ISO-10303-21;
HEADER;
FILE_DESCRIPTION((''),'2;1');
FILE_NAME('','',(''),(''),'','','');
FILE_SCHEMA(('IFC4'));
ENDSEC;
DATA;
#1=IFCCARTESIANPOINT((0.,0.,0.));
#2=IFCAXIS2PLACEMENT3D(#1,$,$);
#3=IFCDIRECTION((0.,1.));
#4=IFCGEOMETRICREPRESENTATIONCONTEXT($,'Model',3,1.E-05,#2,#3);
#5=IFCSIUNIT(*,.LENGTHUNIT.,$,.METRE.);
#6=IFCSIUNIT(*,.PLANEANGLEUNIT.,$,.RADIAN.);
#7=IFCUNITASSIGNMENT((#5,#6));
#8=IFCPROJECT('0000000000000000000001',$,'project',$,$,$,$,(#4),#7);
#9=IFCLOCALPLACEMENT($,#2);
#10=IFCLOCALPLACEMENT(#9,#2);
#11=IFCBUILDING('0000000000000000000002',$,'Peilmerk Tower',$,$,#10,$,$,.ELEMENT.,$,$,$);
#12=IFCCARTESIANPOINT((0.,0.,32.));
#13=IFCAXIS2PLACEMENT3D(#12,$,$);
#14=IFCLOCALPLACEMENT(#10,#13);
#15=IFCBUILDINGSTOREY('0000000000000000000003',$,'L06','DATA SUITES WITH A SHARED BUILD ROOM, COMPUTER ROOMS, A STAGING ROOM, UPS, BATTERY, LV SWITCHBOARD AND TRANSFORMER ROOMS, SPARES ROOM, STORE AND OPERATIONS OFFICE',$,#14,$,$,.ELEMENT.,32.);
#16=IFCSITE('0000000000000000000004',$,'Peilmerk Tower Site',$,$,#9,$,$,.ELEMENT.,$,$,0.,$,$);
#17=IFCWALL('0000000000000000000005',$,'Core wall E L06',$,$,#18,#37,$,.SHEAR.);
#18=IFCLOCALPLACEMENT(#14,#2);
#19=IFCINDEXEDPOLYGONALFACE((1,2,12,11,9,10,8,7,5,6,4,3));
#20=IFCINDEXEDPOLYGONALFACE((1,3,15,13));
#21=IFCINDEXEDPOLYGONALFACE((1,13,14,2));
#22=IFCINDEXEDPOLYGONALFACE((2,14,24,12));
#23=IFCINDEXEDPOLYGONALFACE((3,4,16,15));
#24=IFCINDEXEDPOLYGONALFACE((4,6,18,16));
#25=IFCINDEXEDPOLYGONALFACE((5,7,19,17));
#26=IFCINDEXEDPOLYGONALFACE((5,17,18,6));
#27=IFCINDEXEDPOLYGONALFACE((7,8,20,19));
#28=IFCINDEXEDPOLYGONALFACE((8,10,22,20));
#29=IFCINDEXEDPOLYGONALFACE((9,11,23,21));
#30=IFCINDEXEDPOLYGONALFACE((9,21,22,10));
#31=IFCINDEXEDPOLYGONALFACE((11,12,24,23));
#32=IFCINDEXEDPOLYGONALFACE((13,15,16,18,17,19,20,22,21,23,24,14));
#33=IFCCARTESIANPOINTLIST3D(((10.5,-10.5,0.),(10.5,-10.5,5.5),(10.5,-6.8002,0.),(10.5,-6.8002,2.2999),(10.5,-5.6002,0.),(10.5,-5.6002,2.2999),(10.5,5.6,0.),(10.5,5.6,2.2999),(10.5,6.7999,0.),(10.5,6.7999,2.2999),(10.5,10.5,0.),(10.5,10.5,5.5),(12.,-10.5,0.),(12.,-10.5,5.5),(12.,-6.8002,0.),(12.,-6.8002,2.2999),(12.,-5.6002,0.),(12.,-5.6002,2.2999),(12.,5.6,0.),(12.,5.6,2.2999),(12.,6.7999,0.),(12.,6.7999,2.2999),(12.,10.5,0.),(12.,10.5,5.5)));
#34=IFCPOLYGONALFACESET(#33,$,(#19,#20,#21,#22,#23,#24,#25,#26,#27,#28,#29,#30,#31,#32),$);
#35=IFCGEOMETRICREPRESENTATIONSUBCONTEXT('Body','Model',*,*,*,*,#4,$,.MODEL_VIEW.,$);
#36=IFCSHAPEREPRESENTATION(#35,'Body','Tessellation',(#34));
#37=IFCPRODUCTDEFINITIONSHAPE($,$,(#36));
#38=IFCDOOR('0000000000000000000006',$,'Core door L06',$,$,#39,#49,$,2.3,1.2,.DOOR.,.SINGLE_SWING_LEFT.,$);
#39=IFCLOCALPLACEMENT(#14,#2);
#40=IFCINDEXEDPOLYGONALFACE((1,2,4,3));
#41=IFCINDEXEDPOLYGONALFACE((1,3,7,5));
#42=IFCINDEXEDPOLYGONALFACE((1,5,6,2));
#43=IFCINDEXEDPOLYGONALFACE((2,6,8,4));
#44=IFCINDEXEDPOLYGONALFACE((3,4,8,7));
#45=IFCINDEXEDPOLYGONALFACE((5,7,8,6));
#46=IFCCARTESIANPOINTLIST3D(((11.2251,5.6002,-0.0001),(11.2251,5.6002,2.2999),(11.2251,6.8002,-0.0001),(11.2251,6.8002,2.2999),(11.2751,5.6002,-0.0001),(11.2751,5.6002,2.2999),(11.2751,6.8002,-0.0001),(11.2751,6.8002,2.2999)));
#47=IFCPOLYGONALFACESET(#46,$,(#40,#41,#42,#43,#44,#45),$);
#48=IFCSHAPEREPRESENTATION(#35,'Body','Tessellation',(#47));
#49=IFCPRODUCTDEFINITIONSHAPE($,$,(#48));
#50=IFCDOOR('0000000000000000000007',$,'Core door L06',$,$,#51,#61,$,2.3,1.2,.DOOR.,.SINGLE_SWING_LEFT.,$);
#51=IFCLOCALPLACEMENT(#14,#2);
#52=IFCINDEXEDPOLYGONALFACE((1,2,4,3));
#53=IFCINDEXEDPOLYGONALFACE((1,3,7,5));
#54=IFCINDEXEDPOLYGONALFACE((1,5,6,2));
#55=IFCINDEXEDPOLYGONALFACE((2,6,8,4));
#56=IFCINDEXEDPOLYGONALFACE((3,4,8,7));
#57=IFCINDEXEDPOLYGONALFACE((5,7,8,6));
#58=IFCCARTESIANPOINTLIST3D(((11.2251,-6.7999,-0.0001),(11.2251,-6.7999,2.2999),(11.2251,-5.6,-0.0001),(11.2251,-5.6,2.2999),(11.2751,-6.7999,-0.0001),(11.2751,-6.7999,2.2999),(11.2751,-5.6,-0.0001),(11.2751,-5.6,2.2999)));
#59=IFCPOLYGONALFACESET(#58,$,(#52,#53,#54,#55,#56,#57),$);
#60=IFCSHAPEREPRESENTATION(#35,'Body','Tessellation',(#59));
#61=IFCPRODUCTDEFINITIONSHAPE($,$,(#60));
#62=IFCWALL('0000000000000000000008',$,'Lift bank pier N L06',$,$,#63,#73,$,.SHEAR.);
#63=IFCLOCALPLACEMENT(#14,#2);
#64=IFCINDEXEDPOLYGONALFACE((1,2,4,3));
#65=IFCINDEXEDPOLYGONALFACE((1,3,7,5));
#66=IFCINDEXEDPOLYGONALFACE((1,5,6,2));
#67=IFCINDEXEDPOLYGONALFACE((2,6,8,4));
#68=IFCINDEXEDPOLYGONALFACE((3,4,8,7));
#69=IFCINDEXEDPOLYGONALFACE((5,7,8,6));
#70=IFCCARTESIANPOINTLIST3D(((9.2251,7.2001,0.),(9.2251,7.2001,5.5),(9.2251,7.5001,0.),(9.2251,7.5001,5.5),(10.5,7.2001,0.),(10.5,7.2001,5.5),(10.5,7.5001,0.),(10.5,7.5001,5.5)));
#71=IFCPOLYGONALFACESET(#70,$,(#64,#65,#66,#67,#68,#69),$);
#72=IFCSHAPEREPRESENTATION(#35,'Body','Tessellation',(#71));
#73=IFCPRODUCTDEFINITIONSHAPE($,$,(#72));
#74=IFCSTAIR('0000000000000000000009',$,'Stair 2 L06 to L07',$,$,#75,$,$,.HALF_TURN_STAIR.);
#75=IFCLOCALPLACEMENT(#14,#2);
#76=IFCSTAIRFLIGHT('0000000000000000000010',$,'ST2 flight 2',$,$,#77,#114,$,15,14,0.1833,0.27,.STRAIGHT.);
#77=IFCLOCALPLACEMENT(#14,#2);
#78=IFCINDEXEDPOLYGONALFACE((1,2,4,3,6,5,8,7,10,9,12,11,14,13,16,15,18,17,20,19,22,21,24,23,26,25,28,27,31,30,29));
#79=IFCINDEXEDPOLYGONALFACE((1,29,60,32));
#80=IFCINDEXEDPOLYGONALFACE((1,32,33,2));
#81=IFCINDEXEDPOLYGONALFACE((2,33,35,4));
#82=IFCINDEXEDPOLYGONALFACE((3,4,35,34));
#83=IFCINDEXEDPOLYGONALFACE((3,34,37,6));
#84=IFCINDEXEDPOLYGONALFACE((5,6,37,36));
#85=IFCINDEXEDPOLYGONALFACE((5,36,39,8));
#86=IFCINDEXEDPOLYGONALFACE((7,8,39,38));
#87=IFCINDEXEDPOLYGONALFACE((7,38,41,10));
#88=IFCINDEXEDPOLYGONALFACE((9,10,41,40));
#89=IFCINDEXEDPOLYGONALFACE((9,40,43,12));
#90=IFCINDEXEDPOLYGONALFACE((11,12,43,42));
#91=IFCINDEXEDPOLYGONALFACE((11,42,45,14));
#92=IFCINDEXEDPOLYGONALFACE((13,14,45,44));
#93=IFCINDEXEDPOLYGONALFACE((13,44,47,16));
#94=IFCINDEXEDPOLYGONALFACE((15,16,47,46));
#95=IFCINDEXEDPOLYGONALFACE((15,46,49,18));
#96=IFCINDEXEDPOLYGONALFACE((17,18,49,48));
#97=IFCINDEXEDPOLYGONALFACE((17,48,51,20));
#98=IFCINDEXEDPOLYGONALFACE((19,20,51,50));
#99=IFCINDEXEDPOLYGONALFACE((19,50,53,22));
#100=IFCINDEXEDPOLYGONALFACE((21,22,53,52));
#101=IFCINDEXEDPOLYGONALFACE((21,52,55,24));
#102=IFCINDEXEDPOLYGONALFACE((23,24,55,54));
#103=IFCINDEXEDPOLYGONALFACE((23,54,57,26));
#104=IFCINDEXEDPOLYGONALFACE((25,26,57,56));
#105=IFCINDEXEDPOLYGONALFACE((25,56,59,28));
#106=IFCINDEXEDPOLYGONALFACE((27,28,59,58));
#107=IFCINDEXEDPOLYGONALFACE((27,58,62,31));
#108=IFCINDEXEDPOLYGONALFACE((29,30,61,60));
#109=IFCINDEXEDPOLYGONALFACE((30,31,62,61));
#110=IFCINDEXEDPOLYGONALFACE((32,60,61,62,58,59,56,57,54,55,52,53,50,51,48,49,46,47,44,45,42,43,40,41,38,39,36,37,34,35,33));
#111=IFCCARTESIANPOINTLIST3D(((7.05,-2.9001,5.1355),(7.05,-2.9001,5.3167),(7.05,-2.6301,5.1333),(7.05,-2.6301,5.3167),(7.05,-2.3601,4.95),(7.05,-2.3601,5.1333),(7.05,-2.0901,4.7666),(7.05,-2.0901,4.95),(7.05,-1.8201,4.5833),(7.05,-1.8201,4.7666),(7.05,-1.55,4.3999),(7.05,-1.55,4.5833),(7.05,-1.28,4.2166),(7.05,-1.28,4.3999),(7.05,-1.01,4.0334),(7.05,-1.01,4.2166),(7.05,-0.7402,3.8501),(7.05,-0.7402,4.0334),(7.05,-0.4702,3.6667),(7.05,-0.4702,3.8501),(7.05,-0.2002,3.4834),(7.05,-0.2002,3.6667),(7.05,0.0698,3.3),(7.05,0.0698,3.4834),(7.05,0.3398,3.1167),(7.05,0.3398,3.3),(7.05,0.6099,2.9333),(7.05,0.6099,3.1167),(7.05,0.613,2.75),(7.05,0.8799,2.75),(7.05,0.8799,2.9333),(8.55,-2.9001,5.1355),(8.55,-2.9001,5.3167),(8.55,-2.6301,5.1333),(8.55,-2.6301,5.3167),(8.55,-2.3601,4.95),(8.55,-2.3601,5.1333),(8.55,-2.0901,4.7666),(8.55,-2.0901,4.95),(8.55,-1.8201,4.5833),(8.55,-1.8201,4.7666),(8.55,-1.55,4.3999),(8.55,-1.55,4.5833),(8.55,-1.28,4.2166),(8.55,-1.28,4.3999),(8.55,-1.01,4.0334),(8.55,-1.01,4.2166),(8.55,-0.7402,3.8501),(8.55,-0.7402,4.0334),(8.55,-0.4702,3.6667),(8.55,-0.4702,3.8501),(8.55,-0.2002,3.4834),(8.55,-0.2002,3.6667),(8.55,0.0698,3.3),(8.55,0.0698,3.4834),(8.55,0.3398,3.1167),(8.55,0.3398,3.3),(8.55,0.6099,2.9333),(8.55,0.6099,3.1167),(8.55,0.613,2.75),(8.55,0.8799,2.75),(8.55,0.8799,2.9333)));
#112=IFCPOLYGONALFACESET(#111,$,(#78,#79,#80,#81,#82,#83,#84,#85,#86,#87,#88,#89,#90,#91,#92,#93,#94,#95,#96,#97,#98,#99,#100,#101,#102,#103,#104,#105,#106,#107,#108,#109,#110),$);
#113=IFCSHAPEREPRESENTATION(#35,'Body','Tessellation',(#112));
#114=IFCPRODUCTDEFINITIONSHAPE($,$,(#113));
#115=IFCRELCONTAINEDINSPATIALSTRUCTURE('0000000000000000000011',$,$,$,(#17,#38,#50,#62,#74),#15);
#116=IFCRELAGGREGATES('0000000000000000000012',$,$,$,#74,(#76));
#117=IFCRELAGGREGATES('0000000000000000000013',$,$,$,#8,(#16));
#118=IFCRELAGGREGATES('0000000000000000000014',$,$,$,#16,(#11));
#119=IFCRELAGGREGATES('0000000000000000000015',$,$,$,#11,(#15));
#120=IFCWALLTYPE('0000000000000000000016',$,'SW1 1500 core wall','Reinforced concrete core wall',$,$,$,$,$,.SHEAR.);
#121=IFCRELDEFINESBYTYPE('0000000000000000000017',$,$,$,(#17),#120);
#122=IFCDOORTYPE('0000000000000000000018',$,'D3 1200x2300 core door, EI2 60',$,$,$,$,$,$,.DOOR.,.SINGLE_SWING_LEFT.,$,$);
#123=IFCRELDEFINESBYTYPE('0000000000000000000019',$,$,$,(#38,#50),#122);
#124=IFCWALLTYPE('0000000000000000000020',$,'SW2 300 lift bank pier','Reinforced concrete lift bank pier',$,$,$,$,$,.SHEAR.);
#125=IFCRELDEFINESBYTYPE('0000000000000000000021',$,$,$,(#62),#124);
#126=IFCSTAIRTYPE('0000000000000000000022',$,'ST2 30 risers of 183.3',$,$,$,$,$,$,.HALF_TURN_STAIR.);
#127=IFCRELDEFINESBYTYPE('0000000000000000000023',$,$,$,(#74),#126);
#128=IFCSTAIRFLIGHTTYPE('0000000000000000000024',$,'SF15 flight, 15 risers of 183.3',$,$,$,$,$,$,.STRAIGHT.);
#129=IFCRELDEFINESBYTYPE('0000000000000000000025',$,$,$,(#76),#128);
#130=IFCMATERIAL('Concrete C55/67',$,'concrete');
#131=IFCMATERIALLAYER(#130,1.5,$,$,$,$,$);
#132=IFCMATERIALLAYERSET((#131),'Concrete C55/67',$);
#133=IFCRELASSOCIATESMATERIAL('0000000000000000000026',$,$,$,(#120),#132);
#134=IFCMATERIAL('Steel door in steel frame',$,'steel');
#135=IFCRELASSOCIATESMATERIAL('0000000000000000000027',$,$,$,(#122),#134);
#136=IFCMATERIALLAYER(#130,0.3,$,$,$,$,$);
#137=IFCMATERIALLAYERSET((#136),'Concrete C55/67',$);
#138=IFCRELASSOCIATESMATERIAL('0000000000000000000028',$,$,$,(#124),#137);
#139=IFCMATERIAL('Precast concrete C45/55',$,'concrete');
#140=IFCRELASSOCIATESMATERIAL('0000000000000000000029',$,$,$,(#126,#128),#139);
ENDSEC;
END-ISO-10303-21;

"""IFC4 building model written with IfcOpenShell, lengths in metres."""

from ifc_helpers import new_model, si_unit, direction, frame, frame_2d, origin, place, context, subcontext, project, spatial, polyline, rectangle, outline, extrude, material, layer, layer_set, type_object, element, fill, aggregate, save


model = new_model("IFC4")

# Units and contexts
model_context = context("Model", 3, precision=1e-05, world=origin(), true_north=direction((0.0, 1.0)))
body_context = subcontext(model_context, "Body", "Model", "MODEL_VIEW")
ifc_project = project(units=[si_unit("LENGTHUNIT", "METRE"), si_unit("PLANEANGLEUNIT", "RADIAN")], contexts=[model_context])

# Site, building, storey
site_placement = place(None, origin())
site = spatial("IfcSite", under=ifc_project, at=site_placement, Name="Peilmerk Tower Site", CompositionType="ELEMENT", RefElevation=0.0)
building_placement = place(site_placement, origin())
building = spatial("IfcBuilding", under=site, at=building_placement, Name="Peilmerk Tower", CompositionType="ELEMENT")
storey_placement = place(building_placement, frame((0.0, 0.0, 32.0)))
storey = spatial("IfcBuildingStorey", under=building, at=storey_placement, Name="L06", Description="DATA SUITES WITH A SHARED BUILD ROOM, COMPUTER ROOMS, A STAGING ROOM, UPS, BATTERY, LV SWITCHBOARD AND TRANSFORMER ROOMS, SPARES ROOM, STORE AND OPERATIONS OFFICE", CompositionType="ELEMENT", Elevation=32.0)

# Wall, openings, doors
ifc_material_1 = material(Name="Concrete C55/67", Category="concrete")
ifc_layer_1 = layer(ifc_material_1, 1.5)
ifc_layer_set_1 = layer_set([ifc_layer_1], Name="Concrete C55/67")
wall_type_1 = type_object("IfcWallType", Name="SW1 1500 core wall", Description="Reinforced concrete core wall", PredefinedType="SHEAR", material=ifc_layer_set_1)
wall_1_placement = place(storey_placement, frame((11.25, 10.5, 0.0), z_axis=(0.0, 0.0, 1.0), x_axis=(0.0, -1.0, 0.0)))
wall_1 = element("IfcWall", 1, at=wall_1_placement, inside=storey, type_object=wall_type_1, Name="Core wall E L06", PredefinedType="SHEAR", context=body_context, shape_type="SweptSolid", body=[
    extrude(rectangle(XDim=21.0, YDim=1.5, at=frame_2d((10.5, 0.0))), origin(), (0.0, 0.0, 1.0), 5.5),
])
opening_1_placement = place(wall_1_placement, frame((3.7, 0.0, 0.0)))
opening_1 = element("IfcOpeningElement", 2, at=opening_1_placement, cuts=wall_1, PredefinedType="OPENING", context=body_context, shape_type="SweptSolid", body=[
    extrude(rectangle(XDim=1.2, YDim=2.3, at=frame_2d((0.6001, 1.1499))), frame((0.0, 0.76, 0.0), z_axis=(0.0, -1.0, 0.0), x_axis=(1.0, 0.0, 0.0)), (0.0, 0.0, 1.0), 1.52),
])
opening_2_placement = place(wall_1_placement, frame((16.1001, 0.0, 0.0)))
opening_2 = element("IfcOpeningElement", 3, at=opening_2_placement, cuts=wall_1, PredefinedType="OPENING", context=body_context, shape_type="SweptSolid", body=[
    extrude(rectangle(XDim=1.2, YDim=2.3, at=frame_2d((0.6001, 1.1499))), frame((0.0, 0.76, 0.0), z_axis=(0.0, -1.0, 0.0), x_axis=(1.0, 0.0, 0.0)), (0.0, 0.0, 1.0), 1.52),
])
ifc_material_2 = material(Name="Steel door in steel frame", Category="steel")
door_type = type_object("IfcDoorType", Name="D3 1200x2300 core door, EI2 60", OperationType="SINGLE_SWING_LEFT", PredefinedType="DOOR", material=ifc_material_2)
door_1_placement = place(opening_1_placement, frame((1.2, 0.0, 0.0), z_axis=(0.0, 0.0, 1.0), x_axis=(-1.0, 0.0, 0.0)))
door_1 = element("IfcDoor", 4, at=door_1_placement, inside=storey, type_object=door_type, Name="Core door L06", OperationType="SINGLE_SWING_LEFT", OverallHeight=2.3, OverallWidth=1.2, PredefinedType="DOOR", context=body_context, shape_type="SweptSolid", body=[
    extrude(rectangle(XDim=1.2, YDim=2.3, at=frame_2d((0.6001, 1.1499))), frame((0.0, 0.0249, 0.0), z_axis=(0.0, -1.0, 0.0), x_axis=(1.0, 0.0, 0.0)), (0.0, 0.0, 1.0), 0.05),
])
fill(opening_1, door_1)
door_2_placement = place(opening_2_placement, frame((1.2, 0.0, 0.0), z_axis=(0.0, 0.0, 1.0), x_axis=(-1.0, 0.0, 0.0)))
door_2 = element("IfcDoor", 5, at=door_2_placement, inside=storey, type_object=door_type, Name="Core door L06", OperationType="SINGLE_SWING_LEFT", OverallHeight=2.3, OverallWidth=1.2, PredefinedType="DOOR", context=body_context, shape_type="SweptSolid", body=[
    extrude(rectangle(XDim=1.2, YDim=2.3, at=frame_2d((0.6001, 1.1499))), frame((0.0, 0.0249, 0.0), z_axis=(0.0, -1.0, 0.0), x_axis=(1.0, 0.0, 0.0)), (0.0, 0.0, 1.0), 0.05),
])
fill(opening_2, door_2)

# Wall
ifc_layer_2 = layer(ifc_material_1, 0.3)
ifc_layer_set_2 = layer_set([ifc_layer_2], Name="Concrete C55/67")
wall_type_2 = type_object("IfcWallType", Name="SW2 300 lift bank pier", Description="Reinforced concrete lift bank pier", PredefinedType="SHEAR", material=ifc_layer_set_2)
wall_2_placement = place(storey_placement, frame((9.2251, 7.3501, 0.0), z_axis=(0.0, 0.0, 1.0), x_axis=(1.0, 0.0, 0.0)))
element("IfcWall", 6, at=wall_2_placement, inside=storey, type_object=wall_type_2, Name="Lift bank pier N L06", PredefinedType="SHEAR", context=body_context, shape_type="SweptSolid", body=[
    extrude(rectangle(XDim=1.2749, YDim=0.3, at=frame_2d((0.6375, 0.0))), origin(), (0.0, 0.0, 1.0), 5.5),
])

# Stair, stair flight
ifc_material_3 = material(Name="Precast concrete C45/55", Category="concrete")
stair_type = type_object("IfcStairType", Name="ST2 30 risers of 183.3", PredefinedType="HALF_TURN_STAIR", material=ifc_material_3)
stair_placement = place(storey_placement, origin())
stair = element("IfcStair", 7, at=stair_placement, inside=storey, type_object=stair_type, Name="Stair 2 L06 to L07", PredefinedType="HALF_TURN_STAIR")
stair_flight_type = type_object("IfcStairFlightType", Name="SF15 flight, 15 risers of 183.3", PredefinedType="STRAIGHT", material=ifc_material_3)
stair_flight_placement = place(storey_placement, frame((7.8, 0.8799, 2.75), z_axis=(0.0, 0.0, 1.0), x_axis=(0.0, -1.0, 0.0)))
stair_flight = element("IfcStairFlight", 8, at=stair_flight_placement, type_object=stair_flight_type, Name="ST2 flight 2", NumberOfRisers=15, NumberOfTreads=14, PredefinedType="STRAIGHT", RiserHeight=0.1833, TreadLength=0.27, context=body_context, shape_type="SweptSolid", body=[
    extrude(outline(polyline([(0.0, 0.0), (0.0, 0.1833), (0.27, 0.1833), (0.27, 0.3667), (0.54, 0.3667), (0.54, 0.55), (0.8101, 0.55), (0.8101, 0.7334), (1.0801, 0.7334), (1.0801, 0.9167), (1.3501, 0.9167), (1.3501, 1.1001), (1.6201, 1.1001), (1.6201, 1.2834), (1.8899, 1.2834), (1.8899, 1.4666), (2.1599, 1.4666), (2.1599, 1.6499), (2.4299, 1.6499), (2.4299, 1.8333), (2.7, 1.8333), (2.7, 2.0166), (2.97, 2.0166), (2.97, 2.2), (3.24, 2.2), (3.24, 2.3833), (3.51, 2.3833), (3.51, 2.5667), (3.78, 2.5667), (3.78, 2.75), (3.78, 2.3855), (0.2668, 0.0), (0.0, 0.0)])), frame((0.0, 0.75, 0.0), z_axis=(0.0, -1.0, 0.0), x_axis=(1.0, 0.0, 0.0)), (0.0, 0.0, 1.0), 1.5),
])
aggregate(stair, [stair_flight])

save(model, "model.ifc")
